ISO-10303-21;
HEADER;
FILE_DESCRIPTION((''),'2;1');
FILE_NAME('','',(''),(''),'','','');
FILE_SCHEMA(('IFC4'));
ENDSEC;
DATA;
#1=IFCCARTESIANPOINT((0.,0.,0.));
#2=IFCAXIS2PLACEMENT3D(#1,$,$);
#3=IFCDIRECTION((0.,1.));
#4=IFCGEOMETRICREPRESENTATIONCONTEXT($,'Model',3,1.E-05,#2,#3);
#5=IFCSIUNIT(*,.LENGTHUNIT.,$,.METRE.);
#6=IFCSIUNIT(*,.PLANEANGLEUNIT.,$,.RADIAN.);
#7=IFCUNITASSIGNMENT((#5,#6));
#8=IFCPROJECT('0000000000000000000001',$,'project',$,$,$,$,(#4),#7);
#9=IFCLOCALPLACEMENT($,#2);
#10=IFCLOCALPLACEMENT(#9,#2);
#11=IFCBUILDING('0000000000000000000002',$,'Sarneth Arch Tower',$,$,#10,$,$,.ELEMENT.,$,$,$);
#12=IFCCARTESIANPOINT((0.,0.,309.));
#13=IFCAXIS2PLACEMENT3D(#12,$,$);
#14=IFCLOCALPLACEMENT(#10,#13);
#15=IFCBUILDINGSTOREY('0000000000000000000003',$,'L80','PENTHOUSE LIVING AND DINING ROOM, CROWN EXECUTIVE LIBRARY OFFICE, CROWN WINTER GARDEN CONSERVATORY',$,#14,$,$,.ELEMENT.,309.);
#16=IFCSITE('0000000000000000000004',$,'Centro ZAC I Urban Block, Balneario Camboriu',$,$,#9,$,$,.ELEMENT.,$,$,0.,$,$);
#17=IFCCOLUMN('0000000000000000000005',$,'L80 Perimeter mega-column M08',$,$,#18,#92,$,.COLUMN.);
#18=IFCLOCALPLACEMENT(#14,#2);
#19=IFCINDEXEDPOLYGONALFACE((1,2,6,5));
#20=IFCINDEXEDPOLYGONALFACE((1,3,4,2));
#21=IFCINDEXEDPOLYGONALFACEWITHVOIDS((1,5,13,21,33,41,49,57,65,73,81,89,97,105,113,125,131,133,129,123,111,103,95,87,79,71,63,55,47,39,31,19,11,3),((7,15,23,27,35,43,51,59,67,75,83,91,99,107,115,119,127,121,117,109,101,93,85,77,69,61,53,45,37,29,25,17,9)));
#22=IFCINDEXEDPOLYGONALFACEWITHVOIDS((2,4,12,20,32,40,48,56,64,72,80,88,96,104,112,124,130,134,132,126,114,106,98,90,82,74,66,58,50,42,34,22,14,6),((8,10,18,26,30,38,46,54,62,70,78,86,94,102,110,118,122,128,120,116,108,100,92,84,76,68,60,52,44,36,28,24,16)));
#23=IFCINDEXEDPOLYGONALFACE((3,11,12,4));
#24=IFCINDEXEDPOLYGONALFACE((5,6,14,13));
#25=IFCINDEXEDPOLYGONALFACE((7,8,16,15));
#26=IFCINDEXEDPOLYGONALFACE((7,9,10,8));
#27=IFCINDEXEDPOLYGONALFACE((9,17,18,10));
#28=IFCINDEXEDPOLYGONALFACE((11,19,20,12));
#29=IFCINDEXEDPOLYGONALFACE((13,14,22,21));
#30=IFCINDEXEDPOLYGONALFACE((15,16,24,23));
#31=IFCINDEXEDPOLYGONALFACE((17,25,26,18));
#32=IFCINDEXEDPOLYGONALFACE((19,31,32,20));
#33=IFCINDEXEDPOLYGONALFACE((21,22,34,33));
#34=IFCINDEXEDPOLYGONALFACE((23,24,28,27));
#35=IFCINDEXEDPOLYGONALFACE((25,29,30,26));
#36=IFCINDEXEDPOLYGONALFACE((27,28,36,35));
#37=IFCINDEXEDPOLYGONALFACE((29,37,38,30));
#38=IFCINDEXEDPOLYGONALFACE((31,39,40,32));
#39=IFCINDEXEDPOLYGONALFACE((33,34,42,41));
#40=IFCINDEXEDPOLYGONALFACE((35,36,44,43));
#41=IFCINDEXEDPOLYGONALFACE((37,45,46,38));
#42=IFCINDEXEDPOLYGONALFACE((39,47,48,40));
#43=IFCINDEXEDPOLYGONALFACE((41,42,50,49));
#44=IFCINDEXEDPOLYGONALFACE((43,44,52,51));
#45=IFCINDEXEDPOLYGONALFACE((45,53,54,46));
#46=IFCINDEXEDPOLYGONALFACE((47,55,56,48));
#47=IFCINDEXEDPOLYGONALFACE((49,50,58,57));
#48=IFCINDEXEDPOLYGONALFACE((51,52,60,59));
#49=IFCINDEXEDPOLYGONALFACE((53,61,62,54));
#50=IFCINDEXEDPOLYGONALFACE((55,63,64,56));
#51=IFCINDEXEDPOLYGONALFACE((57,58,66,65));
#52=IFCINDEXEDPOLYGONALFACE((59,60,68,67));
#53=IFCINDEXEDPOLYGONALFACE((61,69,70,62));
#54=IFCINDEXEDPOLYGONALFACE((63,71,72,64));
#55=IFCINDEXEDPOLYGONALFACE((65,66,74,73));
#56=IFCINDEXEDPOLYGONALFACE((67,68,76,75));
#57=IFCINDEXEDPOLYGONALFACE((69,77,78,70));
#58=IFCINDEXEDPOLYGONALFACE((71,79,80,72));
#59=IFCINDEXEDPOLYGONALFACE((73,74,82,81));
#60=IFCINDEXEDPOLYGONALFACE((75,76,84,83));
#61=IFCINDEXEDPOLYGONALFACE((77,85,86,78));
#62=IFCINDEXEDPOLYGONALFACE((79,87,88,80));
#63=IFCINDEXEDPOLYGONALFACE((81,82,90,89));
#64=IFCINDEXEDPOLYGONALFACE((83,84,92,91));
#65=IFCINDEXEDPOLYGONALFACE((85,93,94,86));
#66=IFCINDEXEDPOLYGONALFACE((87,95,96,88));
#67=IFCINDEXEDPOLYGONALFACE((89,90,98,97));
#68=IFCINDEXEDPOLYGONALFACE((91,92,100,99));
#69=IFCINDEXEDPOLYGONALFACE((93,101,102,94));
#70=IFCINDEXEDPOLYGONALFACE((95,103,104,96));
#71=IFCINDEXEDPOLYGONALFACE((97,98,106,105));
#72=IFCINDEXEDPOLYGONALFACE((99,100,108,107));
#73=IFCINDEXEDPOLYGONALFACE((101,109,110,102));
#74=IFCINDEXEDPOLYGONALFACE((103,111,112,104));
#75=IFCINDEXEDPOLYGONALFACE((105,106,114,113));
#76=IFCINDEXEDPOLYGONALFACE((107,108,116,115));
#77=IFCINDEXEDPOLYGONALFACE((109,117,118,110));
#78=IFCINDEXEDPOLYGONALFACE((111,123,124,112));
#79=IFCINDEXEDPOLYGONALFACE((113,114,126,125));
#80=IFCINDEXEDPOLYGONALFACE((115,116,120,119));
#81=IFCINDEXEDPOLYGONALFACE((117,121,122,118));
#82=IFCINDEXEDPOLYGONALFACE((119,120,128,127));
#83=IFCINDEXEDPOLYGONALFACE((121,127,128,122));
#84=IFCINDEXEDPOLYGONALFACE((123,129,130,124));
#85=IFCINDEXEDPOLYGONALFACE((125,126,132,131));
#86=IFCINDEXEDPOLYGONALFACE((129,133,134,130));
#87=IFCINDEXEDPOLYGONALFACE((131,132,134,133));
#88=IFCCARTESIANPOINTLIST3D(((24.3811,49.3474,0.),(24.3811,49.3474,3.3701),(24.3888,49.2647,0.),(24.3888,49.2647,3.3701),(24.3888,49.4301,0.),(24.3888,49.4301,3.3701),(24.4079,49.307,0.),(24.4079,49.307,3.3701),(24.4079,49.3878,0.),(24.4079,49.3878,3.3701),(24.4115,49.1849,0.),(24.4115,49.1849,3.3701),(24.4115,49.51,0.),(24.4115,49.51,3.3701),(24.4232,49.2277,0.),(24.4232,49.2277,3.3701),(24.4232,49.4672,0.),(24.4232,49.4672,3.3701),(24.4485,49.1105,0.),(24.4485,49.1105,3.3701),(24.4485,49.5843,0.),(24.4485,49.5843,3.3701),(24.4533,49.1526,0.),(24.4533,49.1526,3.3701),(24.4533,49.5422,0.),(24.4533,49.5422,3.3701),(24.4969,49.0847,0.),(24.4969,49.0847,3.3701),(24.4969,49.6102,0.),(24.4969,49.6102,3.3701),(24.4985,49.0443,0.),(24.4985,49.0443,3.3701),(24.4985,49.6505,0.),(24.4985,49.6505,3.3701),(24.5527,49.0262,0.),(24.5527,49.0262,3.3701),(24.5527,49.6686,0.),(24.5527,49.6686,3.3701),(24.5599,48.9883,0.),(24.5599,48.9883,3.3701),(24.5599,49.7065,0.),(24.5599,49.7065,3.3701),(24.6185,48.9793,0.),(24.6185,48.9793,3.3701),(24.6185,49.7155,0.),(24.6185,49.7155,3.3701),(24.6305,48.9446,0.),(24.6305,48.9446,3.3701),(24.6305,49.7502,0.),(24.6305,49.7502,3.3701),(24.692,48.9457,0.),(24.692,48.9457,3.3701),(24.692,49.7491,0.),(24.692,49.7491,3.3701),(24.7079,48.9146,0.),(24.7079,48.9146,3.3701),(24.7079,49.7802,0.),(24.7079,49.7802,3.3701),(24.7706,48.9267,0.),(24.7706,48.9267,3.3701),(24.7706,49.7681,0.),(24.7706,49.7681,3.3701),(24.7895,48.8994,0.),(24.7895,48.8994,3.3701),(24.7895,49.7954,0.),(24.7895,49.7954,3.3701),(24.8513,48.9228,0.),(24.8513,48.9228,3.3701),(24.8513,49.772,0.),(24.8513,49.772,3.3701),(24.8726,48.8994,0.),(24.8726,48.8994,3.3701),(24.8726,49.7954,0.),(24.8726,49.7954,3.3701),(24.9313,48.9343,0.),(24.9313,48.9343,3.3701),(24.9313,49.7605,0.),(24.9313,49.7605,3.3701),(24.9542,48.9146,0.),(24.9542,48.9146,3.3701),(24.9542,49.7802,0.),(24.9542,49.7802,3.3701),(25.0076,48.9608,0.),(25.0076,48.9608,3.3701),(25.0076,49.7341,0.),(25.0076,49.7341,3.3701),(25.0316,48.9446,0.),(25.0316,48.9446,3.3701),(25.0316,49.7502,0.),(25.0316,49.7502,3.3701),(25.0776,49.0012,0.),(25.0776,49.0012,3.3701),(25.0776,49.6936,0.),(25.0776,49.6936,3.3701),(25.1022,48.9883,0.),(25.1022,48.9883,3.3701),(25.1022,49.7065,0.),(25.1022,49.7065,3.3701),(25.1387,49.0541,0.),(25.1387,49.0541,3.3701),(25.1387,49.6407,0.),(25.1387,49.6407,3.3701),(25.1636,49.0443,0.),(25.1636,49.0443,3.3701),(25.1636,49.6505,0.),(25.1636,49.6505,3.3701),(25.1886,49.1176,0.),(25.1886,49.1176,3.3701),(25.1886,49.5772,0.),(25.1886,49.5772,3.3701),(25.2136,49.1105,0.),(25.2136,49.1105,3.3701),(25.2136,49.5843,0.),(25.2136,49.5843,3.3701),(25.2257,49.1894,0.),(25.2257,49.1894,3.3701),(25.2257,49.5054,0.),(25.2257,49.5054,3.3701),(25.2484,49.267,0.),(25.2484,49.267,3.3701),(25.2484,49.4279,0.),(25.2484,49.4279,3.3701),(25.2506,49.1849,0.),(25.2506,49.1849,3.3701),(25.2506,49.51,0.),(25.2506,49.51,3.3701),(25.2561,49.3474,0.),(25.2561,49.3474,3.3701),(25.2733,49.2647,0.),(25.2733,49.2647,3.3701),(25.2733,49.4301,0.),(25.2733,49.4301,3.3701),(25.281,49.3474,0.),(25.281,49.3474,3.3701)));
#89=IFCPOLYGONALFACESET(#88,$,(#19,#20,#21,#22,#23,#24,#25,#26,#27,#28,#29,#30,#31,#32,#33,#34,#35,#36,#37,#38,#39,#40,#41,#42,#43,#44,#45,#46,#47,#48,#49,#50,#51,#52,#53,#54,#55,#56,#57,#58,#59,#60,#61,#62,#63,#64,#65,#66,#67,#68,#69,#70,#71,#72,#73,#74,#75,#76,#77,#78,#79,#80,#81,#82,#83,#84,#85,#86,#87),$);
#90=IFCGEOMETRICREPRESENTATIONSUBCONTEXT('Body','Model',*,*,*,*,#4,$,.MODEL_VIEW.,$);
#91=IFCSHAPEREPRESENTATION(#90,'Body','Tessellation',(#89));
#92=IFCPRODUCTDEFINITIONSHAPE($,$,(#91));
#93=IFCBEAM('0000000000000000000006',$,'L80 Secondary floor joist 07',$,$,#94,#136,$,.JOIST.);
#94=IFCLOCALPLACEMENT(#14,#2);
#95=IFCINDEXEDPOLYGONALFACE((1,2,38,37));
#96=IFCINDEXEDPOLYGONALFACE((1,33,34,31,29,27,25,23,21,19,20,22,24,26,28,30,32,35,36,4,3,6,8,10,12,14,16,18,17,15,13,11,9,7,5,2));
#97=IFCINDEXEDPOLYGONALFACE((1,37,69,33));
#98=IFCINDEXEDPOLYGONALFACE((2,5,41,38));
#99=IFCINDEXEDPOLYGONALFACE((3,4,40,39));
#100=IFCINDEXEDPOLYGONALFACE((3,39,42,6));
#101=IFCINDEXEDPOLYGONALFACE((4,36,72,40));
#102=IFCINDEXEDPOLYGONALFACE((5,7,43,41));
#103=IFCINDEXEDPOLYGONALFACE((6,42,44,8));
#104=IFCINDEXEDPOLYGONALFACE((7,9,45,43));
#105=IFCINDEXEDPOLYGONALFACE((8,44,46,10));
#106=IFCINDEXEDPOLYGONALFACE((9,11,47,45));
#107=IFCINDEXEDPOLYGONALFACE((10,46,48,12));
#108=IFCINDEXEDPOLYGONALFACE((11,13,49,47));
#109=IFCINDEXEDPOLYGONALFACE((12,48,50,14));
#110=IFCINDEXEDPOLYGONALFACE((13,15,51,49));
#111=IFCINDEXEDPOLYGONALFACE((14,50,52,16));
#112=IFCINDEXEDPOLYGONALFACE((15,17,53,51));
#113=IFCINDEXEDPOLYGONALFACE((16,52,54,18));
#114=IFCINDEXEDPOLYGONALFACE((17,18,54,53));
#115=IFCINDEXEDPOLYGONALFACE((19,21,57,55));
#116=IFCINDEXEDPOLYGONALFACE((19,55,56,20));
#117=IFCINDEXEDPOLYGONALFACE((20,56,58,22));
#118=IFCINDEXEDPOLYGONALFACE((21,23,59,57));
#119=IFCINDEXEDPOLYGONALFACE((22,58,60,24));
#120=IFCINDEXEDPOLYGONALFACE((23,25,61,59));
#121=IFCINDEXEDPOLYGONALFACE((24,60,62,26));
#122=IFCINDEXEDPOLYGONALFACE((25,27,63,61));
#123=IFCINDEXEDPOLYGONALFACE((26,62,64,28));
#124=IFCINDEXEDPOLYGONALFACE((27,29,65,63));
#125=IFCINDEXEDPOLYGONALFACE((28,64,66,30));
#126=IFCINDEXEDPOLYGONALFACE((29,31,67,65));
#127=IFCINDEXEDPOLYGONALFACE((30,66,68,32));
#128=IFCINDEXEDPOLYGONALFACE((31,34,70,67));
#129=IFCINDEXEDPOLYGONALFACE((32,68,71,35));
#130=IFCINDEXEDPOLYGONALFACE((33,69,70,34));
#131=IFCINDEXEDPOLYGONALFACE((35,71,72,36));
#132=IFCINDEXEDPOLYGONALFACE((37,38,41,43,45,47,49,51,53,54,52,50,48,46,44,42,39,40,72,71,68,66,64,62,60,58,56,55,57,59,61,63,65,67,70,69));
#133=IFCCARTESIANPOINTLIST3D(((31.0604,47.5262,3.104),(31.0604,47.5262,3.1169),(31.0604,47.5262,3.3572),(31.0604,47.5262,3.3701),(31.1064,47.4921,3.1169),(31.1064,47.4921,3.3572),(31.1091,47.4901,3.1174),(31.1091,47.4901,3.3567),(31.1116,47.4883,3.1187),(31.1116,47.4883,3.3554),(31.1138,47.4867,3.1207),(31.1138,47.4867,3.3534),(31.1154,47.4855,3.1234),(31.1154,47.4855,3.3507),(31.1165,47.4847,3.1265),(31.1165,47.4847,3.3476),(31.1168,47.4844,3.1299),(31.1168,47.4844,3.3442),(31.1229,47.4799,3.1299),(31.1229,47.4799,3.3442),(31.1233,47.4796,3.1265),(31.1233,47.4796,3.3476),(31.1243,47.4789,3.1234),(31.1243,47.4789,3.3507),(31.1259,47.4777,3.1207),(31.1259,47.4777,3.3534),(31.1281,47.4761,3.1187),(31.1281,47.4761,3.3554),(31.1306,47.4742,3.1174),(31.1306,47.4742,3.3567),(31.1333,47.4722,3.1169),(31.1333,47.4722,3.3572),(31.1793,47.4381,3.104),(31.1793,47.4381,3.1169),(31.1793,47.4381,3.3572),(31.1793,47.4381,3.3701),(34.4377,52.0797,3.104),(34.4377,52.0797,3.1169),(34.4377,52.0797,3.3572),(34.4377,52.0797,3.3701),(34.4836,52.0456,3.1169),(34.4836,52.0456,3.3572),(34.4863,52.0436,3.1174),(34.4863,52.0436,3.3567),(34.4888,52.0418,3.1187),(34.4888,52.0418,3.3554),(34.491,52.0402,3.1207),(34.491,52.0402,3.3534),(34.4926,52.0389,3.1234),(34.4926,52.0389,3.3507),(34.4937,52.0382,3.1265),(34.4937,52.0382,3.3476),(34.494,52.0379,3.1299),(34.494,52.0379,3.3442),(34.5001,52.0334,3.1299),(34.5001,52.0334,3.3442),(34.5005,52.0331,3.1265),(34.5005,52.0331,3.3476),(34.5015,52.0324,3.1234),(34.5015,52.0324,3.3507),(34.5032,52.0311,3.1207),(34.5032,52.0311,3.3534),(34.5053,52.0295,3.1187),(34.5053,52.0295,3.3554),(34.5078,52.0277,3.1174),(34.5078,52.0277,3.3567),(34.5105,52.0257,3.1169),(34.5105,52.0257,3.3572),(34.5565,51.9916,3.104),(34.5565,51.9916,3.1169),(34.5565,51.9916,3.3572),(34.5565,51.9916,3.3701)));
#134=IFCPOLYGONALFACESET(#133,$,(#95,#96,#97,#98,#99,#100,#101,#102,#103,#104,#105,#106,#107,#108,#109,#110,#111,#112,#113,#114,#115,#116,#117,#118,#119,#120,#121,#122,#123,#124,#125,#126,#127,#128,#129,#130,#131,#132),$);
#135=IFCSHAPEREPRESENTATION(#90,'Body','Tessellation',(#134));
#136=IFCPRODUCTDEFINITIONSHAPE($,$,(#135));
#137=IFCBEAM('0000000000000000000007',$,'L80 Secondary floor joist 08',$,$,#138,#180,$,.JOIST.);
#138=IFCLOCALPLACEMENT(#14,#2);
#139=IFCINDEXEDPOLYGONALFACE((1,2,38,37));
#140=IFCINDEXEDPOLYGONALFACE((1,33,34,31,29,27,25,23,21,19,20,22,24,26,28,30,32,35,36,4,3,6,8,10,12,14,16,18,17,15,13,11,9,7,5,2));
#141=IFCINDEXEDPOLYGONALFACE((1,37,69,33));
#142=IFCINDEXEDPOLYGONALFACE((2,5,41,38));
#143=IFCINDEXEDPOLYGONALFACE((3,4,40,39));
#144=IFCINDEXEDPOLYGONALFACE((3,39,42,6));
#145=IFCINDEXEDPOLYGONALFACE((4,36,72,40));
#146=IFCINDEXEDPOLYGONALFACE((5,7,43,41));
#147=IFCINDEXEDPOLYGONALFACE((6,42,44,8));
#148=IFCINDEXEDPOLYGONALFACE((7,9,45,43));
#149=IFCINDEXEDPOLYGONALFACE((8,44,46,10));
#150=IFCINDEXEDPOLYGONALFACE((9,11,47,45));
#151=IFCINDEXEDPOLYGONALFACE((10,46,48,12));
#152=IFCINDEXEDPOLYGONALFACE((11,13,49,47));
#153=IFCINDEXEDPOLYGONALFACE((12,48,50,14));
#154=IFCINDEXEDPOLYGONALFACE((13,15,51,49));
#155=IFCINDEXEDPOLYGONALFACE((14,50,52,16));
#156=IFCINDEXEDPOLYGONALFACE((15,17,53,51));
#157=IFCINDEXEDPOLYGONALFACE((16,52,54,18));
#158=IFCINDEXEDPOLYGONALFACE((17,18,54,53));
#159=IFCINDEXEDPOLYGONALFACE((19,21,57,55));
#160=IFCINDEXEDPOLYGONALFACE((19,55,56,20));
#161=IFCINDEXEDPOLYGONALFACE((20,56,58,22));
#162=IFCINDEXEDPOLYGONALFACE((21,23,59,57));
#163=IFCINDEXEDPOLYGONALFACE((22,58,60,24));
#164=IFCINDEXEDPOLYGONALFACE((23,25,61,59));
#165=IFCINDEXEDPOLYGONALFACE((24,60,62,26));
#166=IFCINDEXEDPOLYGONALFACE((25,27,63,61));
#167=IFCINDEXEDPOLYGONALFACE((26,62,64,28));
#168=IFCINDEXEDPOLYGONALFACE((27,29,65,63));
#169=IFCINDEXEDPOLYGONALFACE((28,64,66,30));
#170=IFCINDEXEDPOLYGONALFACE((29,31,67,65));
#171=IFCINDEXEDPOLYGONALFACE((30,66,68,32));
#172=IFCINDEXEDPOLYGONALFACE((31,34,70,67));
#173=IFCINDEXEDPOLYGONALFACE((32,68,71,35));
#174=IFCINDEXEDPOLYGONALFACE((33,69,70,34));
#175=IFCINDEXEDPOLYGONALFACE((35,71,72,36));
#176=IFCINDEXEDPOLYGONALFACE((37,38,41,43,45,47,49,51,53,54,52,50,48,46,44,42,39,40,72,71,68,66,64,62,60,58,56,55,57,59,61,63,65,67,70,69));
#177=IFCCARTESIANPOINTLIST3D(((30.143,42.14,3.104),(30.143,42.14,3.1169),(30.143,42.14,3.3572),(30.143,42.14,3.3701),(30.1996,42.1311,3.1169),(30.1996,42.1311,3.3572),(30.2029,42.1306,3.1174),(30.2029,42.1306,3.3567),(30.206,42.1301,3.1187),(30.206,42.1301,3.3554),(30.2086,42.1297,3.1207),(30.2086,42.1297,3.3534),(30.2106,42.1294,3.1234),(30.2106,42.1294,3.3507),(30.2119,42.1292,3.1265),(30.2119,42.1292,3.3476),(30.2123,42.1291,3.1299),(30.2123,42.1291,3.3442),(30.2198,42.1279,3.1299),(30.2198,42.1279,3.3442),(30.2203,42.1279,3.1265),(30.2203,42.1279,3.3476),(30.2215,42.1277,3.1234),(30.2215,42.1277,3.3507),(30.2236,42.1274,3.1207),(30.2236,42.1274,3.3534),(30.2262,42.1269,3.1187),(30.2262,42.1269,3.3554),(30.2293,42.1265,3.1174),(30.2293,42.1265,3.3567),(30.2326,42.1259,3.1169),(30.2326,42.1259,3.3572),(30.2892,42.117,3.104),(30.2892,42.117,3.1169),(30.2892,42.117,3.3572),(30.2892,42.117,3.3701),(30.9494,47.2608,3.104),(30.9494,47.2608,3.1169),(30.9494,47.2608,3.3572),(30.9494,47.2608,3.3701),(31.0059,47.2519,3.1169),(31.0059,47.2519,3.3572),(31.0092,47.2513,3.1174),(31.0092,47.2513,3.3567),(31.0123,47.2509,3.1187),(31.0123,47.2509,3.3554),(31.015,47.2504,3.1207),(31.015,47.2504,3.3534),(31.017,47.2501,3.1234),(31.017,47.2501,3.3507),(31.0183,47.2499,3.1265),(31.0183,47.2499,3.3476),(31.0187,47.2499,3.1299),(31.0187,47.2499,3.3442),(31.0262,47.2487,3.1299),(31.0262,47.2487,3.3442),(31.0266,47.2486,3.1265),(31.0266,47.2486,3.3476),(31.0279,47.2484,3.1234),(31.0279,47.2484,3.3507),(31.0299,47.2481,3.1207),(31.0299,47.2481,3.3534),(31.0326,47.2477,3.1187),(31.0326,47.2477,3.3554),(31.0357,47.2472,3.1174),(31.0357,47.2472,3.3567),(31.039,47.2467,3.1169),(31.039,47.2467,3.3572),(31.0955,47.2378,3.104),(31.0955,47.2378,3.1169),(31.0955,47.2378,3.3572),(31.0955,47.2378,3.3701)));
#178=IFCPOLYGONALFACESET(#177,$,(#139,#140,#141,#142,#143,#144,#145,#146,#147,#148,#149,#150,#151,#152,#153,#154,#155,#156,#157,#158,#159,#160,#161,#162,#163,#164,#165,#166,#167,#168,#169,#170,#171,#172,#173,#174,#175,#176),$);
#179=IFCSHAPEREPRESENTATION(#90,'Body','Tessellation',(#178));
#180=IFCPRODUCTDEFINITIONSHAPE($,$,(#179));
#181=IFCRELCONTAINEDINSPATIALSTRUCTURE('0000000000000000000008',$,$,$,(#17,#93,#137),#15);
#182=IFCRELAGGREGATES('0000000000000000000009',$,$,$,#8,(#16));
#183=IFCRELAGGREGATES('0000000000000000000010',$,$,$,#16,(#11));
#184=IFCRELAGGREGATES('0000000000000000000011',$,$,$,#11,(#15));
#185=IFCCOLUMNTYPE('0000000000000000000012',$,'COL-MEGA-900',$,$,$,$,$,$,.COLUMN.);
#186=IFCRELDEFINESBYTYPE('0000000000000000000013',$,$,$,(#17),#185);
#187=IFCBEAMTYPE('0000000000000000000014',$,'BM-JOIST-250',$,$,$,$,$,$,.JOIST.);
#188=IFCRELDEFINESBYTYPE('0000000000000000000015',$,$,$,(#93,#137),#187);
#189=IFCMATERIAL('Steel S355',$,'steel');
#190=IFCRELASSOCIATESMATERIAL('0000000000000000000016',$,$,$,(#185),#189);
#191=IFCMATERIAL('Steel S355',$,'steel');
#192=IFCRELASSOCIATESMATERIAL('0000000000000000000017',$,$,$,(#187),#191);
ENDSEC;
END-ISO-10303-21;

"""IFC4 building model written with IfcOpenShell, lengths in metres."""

from ifc_helpers import new_model, si_unit, direction, frame, origin, origin_2d, place, context, subcontext, project, spatial, hollow_circle, i_section, extrude, material, material_profile, profile_set, type_object, element, save


model = new_model("IFC4")

# Units and contexts
model_context = context("Model", 3, precision=1e-05, world=origin(), true_north=direction((0.0, 1.0)))
body_context = subcontext(model_context, "Body", "Model", "MODEL_VIEW")
ifc_project = project(units=[si_unit("LENGTHUNIT", "METRE"), si_unit("PLANEANGLEUNIT", "RADIAN")], contexts=[model_context])

# Site, building, storey
site_placement = place(None, origin())
site = spatial("IfcSite", under=ifc_project, at=site_placement, Name="Centro ZAC I Urban Block, Balneario Camboriu", CompositionType="ELEMENT", RefElevation=0.0)
building_placement = place(site_placement, origin())
building = spatial("IfcBuilding", under=site, at=building_placement, Name="Sarneth Arch Tower", CompositionType="ELEMENT")
storey_placement = place(building_placement, frame((0.0, 0.0, 309.0)))
storey = spatial("IfcBuildingStorey", under=building, at=storey_placement, Name="L80", Description="PENTHOUSE LIVING AND DINING ROOM, CROWN EXECUTIVE LIBRARY OFFICE, CROWN WINTER GARDEN CONSERVATORY", CompositionType="ELEMENT", Elevation=309.0)

# Column
ifc_material_1 = material(Name="Steel S355", Category="steel")
ifc_material_profile_1 = material_profile(ifc_material_1, hollow_circle(Radius=0.45, WallThickness=0.0249, at=origin_2d()), Name="CHS900x25")
ifc_profile_set_1 = profile_set([ifc_material_profile_1], Name="Steel S355")
column_type = type_object("IfcColumnType", Name="COL-MEGA-900", PredefinedType="COLUMN", material=ifc_profile_set_1)
column_placement = place(storey_placement, frame((24.8311, 49.3474, 0.0), z_axis=(0.0, 0.0, 1.0), x_axis=(1.0, 0.0, 0.0)))
element("IfcColumn", 1, at=column_placement, inside=storey, type_object=column_type, Name="L80 Perimeter mega-column M08", PredefinedType="COLUMN", context=body_context, shape_type="SweptSolid", body=[
    extrude(hollow_circle(Radius=0.45, WallThickness=0.0249, at=origin_2d()), origin(), (0.0, 0.0, 1.0), 3.3701),
])

# Beams
ifc_material_2 = material(Name="Steel S355", Category="steel")
ifc_material_profile_2 = material_profile(ifc_material_2, i_section(OverallWidth=0.1479, OverallDepth=0.2661, WebThickness=0.0076, FlangeThickness=0.0129, FilletRadius=0.0129, at=origin_2d()), Name="W250x44.8")
ifc_profile_set_2 = profile_set([ifc_material_profile_2], Name="Steel S355")
beam_type_1 = type_object("IfcBeamType", Name="BM-JOIST-250", PredefinedType="JOIST", material=ifc_profile_set_2)
beam_1_placement = place(storey_placement, frame((34.4971, 52.0356, 3.2371), z_axis=(-0.595713, -0.803198, 0.0), x_axis=(0.803198, -0.595713, 0.0)))
element("IfcBeam", 2, at=beam_1_placement, inside=storey, type_object=beam_type_1, Name="L80 Secondary floor joist 07", PredefinedType="JOIST", context=body_context, shape_type="SweptSolid", body=[
    extrude(i_section(OverallWidth=0.1479, OverallDepth=0.2661, WebThickness=0.0076, FlangeThickness=0.0129, FilletRadius=0.0129, at=origin_2d()), origin(), (0.0, 0.0, 1.0), 5.6692),
])
beam_2_placement = place(storey_placement, frame((31.0225, 47.2493, 3.2371), z_axis=(-0.155556, -0.987827, 0.0), x_axis=(0.987827, -0.155556, 0.0)))
element("IfcBeam", 3, at=beam_2_placement, inside=storey, type_object=beam_type_1, Name="L80 Secondary floor joist 08", PredefinedType="JOIST", context=body_context, shape_type="SweptSolid", body=[
    extrude(i_section(OverallWidth=0.1479, OverallDepth=0.2661, WebThickness=0.0076, FlangeThickness=0.0129, FilletRadius=0.0129, at=origin_2d()), origin(), (0.0, 0.0, 1.0), 5.1838),
])

save(model, "model.ifc")
